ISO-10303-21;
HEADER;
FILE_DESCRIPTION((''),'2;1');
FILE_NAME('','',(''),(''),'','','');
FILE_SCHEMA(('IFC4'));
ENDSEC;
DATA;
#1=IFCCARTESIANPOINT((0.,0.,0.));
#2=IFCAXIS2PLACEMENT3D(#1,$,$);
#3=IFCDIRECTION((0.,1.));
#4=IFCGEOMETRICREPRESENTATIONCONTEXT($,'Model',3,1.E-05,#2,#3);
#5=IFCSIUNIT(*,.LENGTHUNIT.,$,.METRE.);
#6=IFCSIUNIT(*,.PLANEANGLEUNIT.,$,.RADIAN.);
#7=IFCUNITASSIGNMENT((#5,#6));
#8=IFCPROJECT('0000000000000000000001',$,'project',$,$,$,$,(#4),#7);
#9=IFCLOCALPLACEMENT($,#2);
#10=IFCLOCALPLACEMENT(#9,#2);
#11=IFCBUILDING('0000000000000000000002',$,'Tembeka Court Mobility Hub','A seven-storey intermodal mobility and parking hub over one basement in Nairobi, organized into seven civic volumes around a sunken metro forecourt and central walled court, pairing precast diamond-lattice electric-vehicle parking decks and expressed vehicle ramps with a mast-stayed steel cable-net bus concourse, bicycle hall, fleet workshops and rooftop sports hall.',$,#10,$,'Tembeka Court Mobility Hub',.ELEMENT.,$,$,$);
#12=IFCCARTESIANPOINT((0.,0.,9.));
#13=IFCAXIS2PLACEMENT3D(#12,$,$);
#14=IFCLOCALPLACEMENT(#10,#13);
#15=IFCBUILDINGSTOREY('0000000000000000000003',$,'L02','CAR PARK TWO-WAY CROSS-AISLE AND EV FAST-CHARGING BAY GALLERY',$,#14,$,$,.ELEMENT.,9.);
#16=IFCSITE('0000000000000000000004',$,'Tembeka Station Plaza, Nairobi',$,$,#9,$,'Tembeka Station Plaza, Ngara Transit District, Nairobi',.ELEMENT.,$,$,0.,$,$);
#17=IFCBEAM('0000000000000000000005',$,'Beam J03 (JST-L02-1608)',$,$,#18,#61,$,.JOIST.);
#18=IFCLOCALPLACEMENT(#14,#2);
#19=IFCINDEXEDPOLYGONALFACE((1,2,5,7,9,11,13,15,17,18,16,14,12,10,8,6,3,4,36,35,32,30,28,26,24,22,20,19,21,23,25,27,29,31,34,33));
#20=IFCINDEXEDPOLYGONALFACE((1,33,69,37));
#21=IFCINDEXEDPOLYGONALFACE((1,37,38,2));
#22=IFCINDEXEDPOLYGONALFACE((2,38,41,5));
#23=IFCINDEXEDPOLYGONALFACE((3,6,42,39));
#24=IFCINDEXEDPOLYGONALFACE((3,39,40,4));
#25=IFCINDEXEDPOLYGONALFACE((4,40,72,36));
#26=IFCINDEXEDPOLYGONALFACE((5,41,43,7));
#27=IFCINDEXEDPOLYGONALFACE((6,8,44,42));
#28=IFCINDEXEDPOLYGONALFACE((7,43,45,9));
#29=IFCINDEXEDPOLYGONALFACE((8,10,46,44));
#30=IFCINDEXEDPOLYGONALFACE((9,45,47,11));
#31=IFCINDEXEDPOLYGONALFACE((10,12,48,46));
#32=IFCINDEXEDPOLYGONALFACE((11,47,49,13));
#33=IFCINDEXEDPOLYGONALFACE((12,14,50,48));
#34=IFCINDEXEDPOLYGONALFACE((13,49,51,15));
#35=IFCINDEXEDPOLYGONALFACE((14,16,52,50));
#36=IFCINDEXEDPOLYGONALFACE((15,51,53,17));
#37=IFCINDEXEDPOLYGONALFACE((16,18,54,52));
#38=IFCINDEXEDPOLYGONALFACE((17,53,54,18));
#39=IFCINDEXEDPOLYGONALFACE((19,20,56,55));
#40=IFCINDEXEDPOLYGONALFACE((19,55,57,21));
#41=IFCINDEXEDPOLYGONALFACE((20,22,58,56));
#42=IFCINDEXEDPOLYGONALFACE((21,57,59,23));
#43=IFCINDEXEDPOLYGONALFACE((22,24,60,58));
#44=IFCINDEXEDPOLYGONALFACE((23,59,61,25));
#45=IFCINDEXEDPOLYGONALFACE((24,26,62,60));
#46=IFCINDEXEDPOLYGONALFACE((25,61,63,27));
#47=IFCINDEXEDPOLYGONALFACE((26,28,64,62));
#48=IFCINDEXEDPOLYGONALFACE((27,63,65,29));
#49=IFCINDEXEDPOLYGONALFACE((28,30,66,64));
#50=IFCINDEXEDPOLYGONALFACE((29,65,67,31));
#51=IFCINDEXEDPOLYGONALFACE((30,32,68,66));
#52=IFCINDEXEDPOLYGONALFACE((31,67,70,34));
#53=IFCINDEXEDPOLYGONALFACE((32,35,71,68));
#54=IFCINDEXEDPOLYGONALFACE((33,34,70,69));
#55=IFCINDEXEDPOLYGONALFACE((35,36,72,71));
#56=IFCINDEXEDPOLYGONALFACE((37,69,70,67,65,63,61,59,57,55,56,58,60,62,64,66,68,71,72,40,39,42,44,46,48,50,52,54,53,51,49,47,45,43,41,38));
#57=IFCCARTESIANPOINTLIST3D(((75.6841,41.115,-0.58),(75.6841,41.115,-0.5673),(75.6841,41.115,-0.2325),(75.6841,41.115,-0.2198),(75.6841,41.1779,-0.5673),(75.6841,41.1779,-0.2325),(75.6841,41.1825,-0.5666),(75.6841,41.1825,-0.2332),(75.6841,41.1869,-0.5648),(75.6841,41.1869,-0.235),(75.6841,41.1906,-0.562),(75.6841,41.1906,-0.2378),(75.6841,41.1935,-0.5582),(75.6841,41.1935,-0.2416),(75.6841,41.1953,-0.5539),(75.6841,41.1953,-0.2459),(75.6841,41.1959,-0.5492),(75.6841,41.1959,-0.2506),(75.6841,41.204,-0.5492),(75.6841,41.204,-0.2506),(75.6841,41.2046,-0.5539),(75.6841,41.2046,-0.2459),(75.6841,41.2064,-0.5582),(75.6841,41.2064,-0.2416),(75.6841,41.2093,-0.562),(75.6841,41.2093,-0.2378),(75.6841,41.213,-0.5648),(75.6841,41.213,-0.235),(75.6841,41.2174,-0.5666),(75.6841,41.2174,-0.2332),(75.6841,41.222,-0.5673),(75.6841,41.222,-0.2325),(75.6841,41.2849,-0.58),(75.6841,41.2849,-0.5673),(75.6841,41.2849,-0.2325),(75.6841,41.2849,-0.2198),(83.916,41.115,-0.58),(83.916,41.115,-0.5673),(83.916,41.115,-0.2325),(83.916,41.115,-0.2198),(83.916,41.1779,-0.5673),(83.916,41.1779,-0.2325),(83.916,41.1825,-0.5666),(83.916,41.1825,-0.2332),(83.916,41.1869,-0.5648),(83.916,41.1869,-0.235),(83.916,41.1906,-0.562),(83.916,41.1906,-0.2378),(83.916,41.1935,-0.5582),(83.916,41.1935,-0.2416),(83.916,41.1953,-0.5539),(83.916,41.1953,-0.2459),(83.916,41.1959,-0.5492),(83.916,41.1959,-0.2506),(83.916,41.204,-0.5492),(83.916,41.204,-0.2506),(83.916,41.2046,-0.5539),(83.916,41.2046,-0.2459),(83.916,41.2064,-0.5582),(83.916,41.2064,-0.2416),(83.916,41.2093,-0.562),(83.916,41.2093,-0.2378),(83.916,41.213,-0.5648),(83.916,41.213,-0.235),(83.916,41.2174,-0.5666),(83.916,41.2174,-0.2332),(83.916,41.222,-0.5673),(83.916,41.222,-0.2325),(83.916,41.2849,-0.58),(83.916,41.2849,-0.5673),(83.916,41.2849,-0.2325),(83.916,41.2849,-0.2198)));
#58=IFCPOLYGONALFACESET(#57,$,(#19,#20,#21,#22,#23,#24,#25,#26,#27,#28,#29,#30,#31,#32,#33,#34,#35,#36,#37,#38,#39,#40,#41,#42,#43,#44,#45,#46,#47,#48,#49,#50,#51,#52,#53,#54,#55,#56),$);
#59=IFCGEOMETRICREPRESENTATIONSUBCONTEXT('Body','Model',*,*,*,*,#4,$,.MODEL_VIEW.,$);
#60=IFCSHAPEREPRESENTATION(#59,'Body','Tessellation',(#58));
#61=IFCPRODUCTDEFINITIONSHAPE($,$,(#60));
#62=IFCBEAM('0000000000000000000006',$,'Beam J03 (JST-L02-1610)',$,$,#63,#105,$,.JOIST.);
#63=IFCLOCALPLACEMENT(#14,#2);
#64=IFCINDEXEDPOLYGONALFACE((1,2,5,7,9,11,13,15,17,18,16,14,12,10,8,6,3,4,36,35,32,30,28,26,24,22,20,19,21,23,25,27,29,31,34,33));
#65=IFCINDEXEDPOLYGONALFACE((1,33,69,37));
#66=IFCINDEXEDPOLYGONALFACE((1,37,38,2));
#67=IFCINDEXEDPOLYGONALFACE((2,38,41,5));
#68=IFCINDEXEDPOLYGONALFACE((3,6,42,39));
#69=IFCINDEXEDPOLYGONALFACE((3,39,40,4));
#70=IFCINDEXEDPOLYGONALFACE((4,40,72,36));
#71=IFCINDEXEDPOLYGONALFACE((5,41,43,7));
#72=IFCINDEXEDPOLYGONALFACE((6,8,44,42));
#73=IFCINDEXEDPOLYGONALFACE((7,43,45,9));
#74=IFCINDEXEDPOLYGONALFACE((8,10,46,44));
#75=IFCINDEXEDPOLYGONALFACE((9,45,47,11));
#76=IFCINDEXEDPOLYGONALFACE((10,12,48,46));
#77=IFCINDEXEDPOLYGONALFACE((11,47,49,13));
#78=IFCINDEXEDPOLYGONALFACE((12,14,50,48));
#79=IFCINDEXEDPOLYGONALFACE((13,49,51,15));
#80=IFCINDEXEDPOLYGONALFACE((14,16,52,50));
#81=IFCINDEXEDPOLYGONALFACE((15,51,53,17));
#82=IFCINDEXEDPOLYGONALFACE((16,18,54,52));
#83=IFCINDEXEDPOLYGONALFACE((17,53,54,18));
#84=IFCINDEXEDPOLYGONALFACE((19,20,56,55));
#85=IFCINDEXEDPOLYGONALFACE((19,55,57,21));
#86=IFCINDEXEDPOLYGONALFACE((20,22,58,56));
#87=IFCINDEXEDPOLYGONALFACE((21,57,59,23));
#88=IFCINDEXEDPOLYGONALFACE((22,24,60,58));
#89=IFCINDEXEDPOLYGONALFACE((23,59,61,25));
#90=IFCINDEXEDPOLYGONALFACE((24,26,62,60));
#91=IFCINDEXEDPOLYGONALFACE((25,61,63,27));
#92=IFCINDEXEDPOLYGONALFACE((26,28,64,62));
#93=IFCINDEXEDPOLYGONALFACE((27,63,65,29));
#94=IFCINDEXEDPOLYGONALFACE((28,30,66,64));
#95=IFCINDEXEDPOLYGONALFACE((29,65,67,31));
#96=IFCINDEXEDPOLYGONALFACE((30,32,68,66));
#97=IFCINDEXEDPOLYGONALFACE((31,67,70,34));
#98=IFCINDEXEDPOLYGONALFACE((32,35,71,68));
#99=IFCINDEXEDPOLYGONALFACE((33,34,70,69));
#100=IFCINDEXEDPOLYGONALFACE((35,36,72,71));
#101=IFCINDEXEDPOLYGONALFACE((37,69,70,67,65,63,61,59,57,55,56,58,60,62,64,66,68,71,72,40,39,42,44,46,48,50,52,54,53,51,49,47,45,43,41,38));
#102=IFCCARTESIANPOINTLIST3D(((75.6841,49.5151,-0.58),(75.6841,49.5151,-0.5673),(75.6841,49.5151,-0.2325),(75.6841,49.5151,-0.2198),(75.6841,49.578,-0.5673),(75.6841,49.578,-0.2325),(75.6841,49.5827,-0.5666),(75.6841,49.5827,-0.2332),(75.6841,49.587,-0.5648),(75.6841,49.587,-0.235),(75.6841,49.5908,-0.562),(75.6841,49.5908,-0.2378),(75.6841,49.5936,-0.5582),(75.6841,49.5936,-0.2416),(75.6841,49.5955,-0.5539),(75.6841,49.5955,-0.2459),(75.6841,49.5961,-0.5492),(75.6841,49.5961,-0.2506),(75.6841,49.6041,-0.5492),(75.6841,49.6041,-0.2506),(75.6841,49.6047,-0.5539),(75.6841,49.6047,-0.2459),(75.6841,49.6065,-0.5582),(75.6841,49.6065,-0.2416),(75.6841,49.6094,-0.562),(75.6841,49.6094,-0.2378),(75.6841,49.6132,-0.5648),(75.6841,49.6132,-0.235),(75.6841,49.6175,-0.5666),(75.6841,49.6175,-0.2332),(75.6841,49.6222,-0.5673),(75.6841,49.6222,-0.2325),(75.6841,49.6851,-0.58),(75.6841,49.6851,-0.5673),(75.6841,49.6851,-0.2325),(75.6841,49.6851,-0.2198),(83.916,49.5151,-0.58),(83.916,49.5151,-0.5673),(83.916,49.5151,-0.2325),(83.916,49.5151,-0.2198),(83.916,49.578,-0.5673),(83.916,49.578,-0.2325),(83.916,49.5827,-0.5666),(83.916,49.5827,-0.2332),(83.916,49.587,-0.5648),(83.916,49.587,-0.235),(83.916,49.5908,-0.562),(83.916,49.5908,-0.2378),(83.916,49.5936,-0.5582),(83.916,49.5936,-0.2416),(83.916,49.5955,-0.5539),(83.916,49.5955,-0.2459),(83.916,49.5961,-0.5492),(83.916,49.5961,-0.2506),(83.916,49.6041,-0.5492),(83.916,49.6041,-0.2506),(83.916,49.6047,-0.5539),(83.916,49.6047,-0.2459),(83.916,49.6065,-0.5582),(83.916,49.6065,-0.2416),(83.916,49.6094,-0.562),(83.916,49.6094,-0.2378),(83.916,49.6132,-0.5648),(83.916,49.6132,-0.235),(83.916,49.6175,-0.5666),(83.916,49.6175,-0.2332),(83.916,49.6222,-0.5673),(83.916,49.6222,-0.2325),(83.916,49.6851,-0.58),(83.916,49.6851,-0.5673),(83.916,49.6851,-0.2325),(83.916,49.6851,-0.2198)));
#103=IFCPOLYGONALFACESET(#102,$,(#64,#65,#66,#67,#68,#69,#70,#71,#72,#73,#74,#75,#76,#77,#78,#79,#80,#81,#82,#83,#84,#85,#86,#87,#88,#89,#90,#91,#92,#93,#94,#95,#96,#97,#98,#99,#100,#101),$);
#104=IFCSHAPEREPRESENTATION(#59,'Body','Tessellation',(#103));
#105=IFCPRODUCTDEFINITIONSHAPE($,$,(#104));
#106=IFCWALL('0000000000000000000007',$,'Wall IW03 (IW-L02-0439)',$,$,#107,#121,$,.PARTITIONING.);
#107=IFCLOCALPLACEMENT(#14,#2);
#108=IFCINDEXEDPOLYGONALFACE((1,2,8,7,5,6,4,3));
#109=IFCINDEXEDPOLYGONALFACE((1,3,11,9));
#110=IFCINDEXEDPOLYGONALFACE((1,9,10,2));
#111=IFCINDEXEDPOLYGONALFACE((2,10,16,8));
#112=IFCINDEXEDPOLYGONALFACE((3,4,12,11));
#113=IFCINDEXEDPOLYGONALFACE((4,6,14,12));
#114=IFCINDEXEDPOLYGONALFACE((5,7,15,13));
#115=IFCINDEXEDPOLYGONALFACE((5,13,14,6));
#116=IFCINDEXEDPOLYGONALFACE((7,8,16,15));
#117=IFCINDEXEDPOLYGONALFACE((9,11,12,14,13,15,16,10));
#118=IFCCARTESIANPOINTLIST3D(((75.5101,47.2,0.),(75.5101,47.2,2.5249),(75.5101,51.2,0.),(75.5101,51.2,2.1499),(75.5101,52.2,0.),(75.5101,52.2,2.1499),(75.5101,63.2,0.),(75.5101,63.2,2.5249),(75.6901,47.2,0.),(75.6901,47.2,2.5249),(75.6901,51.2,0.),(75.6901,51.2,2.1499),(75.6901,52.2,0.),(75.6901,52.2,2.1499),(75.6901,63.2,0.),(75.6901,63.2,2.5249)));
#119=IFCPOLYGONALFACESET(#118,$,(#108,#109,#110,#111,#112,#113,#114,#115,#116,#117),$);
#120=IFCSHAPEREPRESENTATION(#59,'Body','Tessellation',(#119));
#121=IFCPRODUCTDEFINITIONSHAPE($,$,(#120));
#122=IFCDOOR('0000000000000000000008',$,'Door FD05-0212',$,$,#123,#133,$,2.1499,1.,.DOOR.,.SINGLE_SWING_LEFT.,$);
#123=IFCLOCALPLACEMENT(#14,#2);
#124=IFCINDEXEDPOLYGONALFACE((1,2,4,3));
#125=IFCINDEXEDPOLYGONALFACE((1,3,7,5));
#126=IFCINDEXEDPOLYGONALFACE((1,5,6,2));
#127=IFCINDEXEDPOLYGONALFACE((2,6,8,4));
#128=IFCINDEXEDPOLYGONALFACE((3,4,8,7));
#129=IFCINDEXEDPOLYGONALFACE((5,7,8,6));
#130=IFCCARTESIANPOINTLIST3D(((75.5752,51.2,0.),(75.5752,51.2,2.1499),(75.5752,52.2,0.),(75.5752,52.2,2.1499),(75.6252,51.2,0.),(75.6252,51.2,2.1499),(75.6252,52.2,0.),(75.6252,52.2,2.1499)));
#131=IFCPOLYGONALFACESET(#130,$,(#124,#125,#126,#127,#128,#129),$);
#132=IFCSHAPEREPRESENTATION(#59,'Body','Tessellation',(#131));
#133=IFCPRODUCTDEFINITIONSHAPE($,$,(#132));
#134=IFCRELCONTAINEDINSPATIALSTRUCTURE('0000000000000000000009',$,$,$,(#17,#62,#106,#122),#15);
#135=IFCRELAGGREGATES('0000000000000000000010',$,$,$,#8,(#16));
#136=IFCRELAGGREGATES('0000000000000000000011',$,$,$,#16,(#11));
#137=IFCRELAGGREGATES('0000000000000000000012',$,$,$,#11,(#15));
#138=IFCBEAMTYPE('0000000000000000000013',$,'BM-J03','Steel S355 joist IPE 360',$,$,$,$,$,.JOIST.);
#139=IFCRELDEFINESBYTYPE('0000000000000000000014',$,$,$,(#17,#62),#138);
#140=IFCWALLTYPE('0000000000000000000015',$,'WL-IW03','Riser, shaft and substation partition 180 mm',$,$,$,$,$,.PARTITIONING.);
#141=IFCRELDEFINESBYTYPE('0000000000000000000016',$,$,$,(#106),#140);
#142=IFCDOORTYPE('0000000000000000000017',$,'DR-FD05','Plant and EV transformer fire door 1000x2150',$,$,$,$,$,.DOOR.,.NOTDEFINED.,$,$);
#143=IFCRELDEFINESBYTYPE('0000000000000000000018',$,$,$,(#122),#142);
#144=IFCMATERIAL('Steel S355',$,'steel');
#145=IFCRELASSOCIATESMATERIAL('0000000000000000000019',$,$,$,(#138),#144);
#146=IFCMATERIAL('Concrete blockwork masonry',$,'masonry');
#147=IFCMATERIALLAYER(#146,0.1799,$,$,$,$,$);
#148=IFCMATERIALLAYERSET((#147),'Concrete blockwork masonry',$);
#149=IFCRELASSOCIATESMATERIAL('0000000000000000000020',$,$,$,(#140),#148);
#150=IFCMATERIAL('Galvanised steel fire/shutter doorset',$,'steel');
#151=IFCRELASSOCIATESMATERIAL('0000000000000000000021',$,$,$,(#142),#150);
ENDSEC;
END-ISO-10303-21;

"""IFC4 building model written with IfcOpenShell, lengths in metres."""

from ifc_helpers import new_model, si_unit, direction, frame, frame_2d, origin, origin_2d, place, context, subcontext, project, spatial, rectangle, i_section, extrude, material, layer, layer_set, material_profile, profile_set, type_object, element, fill, save


model = new_model("IFC4")

# Units and contexts
model_context = context("Model", 3, precision=1e-05, world=origin(), true_north=direction((0.0, 1.0)))
body_context = subcontext(model_context, "Body", "Model", "MODEL_VIEW")
ifc_project = project(units=[si_unit("LENGTHUNIT", "METRE"), si_unit("PLANEANGLEUNIT", "RADIAN")], contexts=[model_context])

# Site, building, storey
site_placement = place(None, origin())
site = spatial("IfcSite", under=ifc_project, at=site_placement, Name="Tembeka Station Plaza, Nairobi", LongName="Tembeka Station Plaza, Ngara Transit District, Nairobi", CompositionType="ELEMENT", RefElevation=0.0)
building_placement = place(site_placement, origin())
building = spatial("IfcBuilding", under=site, at=building_placement, Name="Tembeka Court Mobility Hub", Description="A seven-storey intermodal mobility and parking hub over one basement in Nairobi, organized into seven civic volumes around a sunken metro forecourt and central walled court, pairing precast diamond-lattice electric-vehicle parking decks and expressed vehicle ramps with a mast-stayed steel cable-net bus concourse, bicycle hall, fleet workshops and rooftop sports hall.", LongName="Tembeka Court Mobility Hub", CompositionType="ELEMENT")
storey_placement = place(building_placement, frame((0.0, 0.0, 9.0)))
storey = spatial("IfcBuildingStorey", under=building, at=storey_placement, Name="L02", Description="CAR PARK TWO-WAY CROSS-AISLE AND EV FAST-CHARGING BAY GALLERY", CompositionType="ELEMENT", Elevation=9.0)

# Shared definitions
ifc_material_1 = material(Name="Steel S355", Category="steel")

# Beams
ifc_material_profile_1 = material_profile(ifc_material_1, i_section(OverallWidth=0.1699, OverallDepth=0.3601, WebThickness=0.0081, FlangeThickness=0.0127, FilletRadius=0.0181, at=origin_2d()), Name="IPE 360")
ifc_profile_set_1 = profile_set([ifc_material_profile_1], Name="Steel S355")
beam_type_1 = type_object("IfcBeamType", Name="BM-J03", Description="Steel S355 joist IPE 360", PredefinedType="JOIST", material=ifc_profile_set_1)
for number, where, z_axis, x_axis, name in (
    (1, (75.6841, 41.2, -0.3999), (1.0, 0.0, 0.0), (0.0, 1.0, 0.0), "Beam J03 (JST-L02-1608)"),
    (2, (75.6841, 49.6001, -0.3999), (1.0, 0.0, 0.0), (0.0, 1.0, 0.0), "Beam J03 (JST-L02-1610)"),
):
    element("IfcBeam", number, at=place(storey_placement, frame(where, z_axis=z_axis, x_axis=x_axis)), inside=storey, type_object=beam_type_1, Name=name, PredefinedType="JOIST", context=body_context, shape_type="SweptSolid", body=[
        extrude(i_section(OverallWidth=0.1699, OverallDepth=0.3601, WebThickness=0.0081, FlangeThickness=0.0127, FilletRadius=0.0181, at=origin_2d()), origin(), (0.0, 0.0, 1.0), 8.2319),
    ])

# Wall, opening, door
ifc_material_2 = material(Name="Concrete blockwork masonry", Category="masonry")
ifc_layer = layer(ifc_material_2, 0.1799)
ifc_layer_set = layer_set([ifc_layer], Name="Concrete blockwork masonry")
wall_type = type_object("IfcWallType", Name="WL-IW03", Description="Riser, shaft and substation partition 180 mm", PredefinedType="PARTITIONING", material=ifc_layer_set)
wall_placement = place(storey_placement, frame((75.6001, 47.2, 0.0), z_axis=(0.0, 0.0, 1.0), x_axis=(0.0, 1.0, 0.0)))
wall = element("IfcWall", 3, at=wall_placement, inside=storey, type_object=wall_type, Name="Wall IW03 (IW-L02-0439)", PredefinedType="PARTITIONING", context=body_context, shape_type="SweptSolid", body=[
    extrude(rectangle(XDim=16.0, YDim=0.1799, at=frame_2d((8.0, 0.0))), origin(), (0.0, 0.0, 1.0), 2.5249),
])
opening_placement = place(wall_placement, frame((4.0, 0.0, 0.0)))
opening = element("IfcOpeningElement", 4, at=opening_placement, cuts=wall, PredefinedType="OPENING", context=body_context, shape_type="SweptSolid", body=[
    extrude(rectangle(XDim=1.0, YDim=2.1499, at=frame_2d((0.5, 1.075))), frame((0.0, 0.1001, 0.0), z_axis=(0.0, -1.0, 0.0), x_axis=(1.0, 0.0, 0.0)), (0.0, 0.0, 1.0), 0.2),
])
ifc_material_3 = material(Name="Galvanised steel fire/shutter doorset", Category="steel")
door_type = type_object("IfcDoorType", Name="DR-FD05", Description="Plant and EV transformer fire door 1000x2150", OperationType="NOTDEFINED", PredefinedType="DOOR", material=ifc_material_3)
door_placement = place(opening_placement, origin())
door = element("IfcDoor", 5, at=door_placement, inside=storey, type_object=door_type, Name="Door FD05-0212", OperationType="SINGLE_SWING_LEFT", OverallHeight=2.1499, OverallWidth=1.0, PredefinedType="DOOR", context=body_context, shape_type="SweptSolid", body=[
    extrude(rectangle(XDim=1.0, YDim=2.1499, at=frame_2d((0.5, 1.075))), frame((0.0, 0.0249, 0.0), z_axis=(0.0, -1.0, 0.0), x_axis=(1.0, 0.0, 0.0)), (0.0, 0.0, 1.0), 0.05),
])
fill(opening, door)

save(model, "model.ifc")
